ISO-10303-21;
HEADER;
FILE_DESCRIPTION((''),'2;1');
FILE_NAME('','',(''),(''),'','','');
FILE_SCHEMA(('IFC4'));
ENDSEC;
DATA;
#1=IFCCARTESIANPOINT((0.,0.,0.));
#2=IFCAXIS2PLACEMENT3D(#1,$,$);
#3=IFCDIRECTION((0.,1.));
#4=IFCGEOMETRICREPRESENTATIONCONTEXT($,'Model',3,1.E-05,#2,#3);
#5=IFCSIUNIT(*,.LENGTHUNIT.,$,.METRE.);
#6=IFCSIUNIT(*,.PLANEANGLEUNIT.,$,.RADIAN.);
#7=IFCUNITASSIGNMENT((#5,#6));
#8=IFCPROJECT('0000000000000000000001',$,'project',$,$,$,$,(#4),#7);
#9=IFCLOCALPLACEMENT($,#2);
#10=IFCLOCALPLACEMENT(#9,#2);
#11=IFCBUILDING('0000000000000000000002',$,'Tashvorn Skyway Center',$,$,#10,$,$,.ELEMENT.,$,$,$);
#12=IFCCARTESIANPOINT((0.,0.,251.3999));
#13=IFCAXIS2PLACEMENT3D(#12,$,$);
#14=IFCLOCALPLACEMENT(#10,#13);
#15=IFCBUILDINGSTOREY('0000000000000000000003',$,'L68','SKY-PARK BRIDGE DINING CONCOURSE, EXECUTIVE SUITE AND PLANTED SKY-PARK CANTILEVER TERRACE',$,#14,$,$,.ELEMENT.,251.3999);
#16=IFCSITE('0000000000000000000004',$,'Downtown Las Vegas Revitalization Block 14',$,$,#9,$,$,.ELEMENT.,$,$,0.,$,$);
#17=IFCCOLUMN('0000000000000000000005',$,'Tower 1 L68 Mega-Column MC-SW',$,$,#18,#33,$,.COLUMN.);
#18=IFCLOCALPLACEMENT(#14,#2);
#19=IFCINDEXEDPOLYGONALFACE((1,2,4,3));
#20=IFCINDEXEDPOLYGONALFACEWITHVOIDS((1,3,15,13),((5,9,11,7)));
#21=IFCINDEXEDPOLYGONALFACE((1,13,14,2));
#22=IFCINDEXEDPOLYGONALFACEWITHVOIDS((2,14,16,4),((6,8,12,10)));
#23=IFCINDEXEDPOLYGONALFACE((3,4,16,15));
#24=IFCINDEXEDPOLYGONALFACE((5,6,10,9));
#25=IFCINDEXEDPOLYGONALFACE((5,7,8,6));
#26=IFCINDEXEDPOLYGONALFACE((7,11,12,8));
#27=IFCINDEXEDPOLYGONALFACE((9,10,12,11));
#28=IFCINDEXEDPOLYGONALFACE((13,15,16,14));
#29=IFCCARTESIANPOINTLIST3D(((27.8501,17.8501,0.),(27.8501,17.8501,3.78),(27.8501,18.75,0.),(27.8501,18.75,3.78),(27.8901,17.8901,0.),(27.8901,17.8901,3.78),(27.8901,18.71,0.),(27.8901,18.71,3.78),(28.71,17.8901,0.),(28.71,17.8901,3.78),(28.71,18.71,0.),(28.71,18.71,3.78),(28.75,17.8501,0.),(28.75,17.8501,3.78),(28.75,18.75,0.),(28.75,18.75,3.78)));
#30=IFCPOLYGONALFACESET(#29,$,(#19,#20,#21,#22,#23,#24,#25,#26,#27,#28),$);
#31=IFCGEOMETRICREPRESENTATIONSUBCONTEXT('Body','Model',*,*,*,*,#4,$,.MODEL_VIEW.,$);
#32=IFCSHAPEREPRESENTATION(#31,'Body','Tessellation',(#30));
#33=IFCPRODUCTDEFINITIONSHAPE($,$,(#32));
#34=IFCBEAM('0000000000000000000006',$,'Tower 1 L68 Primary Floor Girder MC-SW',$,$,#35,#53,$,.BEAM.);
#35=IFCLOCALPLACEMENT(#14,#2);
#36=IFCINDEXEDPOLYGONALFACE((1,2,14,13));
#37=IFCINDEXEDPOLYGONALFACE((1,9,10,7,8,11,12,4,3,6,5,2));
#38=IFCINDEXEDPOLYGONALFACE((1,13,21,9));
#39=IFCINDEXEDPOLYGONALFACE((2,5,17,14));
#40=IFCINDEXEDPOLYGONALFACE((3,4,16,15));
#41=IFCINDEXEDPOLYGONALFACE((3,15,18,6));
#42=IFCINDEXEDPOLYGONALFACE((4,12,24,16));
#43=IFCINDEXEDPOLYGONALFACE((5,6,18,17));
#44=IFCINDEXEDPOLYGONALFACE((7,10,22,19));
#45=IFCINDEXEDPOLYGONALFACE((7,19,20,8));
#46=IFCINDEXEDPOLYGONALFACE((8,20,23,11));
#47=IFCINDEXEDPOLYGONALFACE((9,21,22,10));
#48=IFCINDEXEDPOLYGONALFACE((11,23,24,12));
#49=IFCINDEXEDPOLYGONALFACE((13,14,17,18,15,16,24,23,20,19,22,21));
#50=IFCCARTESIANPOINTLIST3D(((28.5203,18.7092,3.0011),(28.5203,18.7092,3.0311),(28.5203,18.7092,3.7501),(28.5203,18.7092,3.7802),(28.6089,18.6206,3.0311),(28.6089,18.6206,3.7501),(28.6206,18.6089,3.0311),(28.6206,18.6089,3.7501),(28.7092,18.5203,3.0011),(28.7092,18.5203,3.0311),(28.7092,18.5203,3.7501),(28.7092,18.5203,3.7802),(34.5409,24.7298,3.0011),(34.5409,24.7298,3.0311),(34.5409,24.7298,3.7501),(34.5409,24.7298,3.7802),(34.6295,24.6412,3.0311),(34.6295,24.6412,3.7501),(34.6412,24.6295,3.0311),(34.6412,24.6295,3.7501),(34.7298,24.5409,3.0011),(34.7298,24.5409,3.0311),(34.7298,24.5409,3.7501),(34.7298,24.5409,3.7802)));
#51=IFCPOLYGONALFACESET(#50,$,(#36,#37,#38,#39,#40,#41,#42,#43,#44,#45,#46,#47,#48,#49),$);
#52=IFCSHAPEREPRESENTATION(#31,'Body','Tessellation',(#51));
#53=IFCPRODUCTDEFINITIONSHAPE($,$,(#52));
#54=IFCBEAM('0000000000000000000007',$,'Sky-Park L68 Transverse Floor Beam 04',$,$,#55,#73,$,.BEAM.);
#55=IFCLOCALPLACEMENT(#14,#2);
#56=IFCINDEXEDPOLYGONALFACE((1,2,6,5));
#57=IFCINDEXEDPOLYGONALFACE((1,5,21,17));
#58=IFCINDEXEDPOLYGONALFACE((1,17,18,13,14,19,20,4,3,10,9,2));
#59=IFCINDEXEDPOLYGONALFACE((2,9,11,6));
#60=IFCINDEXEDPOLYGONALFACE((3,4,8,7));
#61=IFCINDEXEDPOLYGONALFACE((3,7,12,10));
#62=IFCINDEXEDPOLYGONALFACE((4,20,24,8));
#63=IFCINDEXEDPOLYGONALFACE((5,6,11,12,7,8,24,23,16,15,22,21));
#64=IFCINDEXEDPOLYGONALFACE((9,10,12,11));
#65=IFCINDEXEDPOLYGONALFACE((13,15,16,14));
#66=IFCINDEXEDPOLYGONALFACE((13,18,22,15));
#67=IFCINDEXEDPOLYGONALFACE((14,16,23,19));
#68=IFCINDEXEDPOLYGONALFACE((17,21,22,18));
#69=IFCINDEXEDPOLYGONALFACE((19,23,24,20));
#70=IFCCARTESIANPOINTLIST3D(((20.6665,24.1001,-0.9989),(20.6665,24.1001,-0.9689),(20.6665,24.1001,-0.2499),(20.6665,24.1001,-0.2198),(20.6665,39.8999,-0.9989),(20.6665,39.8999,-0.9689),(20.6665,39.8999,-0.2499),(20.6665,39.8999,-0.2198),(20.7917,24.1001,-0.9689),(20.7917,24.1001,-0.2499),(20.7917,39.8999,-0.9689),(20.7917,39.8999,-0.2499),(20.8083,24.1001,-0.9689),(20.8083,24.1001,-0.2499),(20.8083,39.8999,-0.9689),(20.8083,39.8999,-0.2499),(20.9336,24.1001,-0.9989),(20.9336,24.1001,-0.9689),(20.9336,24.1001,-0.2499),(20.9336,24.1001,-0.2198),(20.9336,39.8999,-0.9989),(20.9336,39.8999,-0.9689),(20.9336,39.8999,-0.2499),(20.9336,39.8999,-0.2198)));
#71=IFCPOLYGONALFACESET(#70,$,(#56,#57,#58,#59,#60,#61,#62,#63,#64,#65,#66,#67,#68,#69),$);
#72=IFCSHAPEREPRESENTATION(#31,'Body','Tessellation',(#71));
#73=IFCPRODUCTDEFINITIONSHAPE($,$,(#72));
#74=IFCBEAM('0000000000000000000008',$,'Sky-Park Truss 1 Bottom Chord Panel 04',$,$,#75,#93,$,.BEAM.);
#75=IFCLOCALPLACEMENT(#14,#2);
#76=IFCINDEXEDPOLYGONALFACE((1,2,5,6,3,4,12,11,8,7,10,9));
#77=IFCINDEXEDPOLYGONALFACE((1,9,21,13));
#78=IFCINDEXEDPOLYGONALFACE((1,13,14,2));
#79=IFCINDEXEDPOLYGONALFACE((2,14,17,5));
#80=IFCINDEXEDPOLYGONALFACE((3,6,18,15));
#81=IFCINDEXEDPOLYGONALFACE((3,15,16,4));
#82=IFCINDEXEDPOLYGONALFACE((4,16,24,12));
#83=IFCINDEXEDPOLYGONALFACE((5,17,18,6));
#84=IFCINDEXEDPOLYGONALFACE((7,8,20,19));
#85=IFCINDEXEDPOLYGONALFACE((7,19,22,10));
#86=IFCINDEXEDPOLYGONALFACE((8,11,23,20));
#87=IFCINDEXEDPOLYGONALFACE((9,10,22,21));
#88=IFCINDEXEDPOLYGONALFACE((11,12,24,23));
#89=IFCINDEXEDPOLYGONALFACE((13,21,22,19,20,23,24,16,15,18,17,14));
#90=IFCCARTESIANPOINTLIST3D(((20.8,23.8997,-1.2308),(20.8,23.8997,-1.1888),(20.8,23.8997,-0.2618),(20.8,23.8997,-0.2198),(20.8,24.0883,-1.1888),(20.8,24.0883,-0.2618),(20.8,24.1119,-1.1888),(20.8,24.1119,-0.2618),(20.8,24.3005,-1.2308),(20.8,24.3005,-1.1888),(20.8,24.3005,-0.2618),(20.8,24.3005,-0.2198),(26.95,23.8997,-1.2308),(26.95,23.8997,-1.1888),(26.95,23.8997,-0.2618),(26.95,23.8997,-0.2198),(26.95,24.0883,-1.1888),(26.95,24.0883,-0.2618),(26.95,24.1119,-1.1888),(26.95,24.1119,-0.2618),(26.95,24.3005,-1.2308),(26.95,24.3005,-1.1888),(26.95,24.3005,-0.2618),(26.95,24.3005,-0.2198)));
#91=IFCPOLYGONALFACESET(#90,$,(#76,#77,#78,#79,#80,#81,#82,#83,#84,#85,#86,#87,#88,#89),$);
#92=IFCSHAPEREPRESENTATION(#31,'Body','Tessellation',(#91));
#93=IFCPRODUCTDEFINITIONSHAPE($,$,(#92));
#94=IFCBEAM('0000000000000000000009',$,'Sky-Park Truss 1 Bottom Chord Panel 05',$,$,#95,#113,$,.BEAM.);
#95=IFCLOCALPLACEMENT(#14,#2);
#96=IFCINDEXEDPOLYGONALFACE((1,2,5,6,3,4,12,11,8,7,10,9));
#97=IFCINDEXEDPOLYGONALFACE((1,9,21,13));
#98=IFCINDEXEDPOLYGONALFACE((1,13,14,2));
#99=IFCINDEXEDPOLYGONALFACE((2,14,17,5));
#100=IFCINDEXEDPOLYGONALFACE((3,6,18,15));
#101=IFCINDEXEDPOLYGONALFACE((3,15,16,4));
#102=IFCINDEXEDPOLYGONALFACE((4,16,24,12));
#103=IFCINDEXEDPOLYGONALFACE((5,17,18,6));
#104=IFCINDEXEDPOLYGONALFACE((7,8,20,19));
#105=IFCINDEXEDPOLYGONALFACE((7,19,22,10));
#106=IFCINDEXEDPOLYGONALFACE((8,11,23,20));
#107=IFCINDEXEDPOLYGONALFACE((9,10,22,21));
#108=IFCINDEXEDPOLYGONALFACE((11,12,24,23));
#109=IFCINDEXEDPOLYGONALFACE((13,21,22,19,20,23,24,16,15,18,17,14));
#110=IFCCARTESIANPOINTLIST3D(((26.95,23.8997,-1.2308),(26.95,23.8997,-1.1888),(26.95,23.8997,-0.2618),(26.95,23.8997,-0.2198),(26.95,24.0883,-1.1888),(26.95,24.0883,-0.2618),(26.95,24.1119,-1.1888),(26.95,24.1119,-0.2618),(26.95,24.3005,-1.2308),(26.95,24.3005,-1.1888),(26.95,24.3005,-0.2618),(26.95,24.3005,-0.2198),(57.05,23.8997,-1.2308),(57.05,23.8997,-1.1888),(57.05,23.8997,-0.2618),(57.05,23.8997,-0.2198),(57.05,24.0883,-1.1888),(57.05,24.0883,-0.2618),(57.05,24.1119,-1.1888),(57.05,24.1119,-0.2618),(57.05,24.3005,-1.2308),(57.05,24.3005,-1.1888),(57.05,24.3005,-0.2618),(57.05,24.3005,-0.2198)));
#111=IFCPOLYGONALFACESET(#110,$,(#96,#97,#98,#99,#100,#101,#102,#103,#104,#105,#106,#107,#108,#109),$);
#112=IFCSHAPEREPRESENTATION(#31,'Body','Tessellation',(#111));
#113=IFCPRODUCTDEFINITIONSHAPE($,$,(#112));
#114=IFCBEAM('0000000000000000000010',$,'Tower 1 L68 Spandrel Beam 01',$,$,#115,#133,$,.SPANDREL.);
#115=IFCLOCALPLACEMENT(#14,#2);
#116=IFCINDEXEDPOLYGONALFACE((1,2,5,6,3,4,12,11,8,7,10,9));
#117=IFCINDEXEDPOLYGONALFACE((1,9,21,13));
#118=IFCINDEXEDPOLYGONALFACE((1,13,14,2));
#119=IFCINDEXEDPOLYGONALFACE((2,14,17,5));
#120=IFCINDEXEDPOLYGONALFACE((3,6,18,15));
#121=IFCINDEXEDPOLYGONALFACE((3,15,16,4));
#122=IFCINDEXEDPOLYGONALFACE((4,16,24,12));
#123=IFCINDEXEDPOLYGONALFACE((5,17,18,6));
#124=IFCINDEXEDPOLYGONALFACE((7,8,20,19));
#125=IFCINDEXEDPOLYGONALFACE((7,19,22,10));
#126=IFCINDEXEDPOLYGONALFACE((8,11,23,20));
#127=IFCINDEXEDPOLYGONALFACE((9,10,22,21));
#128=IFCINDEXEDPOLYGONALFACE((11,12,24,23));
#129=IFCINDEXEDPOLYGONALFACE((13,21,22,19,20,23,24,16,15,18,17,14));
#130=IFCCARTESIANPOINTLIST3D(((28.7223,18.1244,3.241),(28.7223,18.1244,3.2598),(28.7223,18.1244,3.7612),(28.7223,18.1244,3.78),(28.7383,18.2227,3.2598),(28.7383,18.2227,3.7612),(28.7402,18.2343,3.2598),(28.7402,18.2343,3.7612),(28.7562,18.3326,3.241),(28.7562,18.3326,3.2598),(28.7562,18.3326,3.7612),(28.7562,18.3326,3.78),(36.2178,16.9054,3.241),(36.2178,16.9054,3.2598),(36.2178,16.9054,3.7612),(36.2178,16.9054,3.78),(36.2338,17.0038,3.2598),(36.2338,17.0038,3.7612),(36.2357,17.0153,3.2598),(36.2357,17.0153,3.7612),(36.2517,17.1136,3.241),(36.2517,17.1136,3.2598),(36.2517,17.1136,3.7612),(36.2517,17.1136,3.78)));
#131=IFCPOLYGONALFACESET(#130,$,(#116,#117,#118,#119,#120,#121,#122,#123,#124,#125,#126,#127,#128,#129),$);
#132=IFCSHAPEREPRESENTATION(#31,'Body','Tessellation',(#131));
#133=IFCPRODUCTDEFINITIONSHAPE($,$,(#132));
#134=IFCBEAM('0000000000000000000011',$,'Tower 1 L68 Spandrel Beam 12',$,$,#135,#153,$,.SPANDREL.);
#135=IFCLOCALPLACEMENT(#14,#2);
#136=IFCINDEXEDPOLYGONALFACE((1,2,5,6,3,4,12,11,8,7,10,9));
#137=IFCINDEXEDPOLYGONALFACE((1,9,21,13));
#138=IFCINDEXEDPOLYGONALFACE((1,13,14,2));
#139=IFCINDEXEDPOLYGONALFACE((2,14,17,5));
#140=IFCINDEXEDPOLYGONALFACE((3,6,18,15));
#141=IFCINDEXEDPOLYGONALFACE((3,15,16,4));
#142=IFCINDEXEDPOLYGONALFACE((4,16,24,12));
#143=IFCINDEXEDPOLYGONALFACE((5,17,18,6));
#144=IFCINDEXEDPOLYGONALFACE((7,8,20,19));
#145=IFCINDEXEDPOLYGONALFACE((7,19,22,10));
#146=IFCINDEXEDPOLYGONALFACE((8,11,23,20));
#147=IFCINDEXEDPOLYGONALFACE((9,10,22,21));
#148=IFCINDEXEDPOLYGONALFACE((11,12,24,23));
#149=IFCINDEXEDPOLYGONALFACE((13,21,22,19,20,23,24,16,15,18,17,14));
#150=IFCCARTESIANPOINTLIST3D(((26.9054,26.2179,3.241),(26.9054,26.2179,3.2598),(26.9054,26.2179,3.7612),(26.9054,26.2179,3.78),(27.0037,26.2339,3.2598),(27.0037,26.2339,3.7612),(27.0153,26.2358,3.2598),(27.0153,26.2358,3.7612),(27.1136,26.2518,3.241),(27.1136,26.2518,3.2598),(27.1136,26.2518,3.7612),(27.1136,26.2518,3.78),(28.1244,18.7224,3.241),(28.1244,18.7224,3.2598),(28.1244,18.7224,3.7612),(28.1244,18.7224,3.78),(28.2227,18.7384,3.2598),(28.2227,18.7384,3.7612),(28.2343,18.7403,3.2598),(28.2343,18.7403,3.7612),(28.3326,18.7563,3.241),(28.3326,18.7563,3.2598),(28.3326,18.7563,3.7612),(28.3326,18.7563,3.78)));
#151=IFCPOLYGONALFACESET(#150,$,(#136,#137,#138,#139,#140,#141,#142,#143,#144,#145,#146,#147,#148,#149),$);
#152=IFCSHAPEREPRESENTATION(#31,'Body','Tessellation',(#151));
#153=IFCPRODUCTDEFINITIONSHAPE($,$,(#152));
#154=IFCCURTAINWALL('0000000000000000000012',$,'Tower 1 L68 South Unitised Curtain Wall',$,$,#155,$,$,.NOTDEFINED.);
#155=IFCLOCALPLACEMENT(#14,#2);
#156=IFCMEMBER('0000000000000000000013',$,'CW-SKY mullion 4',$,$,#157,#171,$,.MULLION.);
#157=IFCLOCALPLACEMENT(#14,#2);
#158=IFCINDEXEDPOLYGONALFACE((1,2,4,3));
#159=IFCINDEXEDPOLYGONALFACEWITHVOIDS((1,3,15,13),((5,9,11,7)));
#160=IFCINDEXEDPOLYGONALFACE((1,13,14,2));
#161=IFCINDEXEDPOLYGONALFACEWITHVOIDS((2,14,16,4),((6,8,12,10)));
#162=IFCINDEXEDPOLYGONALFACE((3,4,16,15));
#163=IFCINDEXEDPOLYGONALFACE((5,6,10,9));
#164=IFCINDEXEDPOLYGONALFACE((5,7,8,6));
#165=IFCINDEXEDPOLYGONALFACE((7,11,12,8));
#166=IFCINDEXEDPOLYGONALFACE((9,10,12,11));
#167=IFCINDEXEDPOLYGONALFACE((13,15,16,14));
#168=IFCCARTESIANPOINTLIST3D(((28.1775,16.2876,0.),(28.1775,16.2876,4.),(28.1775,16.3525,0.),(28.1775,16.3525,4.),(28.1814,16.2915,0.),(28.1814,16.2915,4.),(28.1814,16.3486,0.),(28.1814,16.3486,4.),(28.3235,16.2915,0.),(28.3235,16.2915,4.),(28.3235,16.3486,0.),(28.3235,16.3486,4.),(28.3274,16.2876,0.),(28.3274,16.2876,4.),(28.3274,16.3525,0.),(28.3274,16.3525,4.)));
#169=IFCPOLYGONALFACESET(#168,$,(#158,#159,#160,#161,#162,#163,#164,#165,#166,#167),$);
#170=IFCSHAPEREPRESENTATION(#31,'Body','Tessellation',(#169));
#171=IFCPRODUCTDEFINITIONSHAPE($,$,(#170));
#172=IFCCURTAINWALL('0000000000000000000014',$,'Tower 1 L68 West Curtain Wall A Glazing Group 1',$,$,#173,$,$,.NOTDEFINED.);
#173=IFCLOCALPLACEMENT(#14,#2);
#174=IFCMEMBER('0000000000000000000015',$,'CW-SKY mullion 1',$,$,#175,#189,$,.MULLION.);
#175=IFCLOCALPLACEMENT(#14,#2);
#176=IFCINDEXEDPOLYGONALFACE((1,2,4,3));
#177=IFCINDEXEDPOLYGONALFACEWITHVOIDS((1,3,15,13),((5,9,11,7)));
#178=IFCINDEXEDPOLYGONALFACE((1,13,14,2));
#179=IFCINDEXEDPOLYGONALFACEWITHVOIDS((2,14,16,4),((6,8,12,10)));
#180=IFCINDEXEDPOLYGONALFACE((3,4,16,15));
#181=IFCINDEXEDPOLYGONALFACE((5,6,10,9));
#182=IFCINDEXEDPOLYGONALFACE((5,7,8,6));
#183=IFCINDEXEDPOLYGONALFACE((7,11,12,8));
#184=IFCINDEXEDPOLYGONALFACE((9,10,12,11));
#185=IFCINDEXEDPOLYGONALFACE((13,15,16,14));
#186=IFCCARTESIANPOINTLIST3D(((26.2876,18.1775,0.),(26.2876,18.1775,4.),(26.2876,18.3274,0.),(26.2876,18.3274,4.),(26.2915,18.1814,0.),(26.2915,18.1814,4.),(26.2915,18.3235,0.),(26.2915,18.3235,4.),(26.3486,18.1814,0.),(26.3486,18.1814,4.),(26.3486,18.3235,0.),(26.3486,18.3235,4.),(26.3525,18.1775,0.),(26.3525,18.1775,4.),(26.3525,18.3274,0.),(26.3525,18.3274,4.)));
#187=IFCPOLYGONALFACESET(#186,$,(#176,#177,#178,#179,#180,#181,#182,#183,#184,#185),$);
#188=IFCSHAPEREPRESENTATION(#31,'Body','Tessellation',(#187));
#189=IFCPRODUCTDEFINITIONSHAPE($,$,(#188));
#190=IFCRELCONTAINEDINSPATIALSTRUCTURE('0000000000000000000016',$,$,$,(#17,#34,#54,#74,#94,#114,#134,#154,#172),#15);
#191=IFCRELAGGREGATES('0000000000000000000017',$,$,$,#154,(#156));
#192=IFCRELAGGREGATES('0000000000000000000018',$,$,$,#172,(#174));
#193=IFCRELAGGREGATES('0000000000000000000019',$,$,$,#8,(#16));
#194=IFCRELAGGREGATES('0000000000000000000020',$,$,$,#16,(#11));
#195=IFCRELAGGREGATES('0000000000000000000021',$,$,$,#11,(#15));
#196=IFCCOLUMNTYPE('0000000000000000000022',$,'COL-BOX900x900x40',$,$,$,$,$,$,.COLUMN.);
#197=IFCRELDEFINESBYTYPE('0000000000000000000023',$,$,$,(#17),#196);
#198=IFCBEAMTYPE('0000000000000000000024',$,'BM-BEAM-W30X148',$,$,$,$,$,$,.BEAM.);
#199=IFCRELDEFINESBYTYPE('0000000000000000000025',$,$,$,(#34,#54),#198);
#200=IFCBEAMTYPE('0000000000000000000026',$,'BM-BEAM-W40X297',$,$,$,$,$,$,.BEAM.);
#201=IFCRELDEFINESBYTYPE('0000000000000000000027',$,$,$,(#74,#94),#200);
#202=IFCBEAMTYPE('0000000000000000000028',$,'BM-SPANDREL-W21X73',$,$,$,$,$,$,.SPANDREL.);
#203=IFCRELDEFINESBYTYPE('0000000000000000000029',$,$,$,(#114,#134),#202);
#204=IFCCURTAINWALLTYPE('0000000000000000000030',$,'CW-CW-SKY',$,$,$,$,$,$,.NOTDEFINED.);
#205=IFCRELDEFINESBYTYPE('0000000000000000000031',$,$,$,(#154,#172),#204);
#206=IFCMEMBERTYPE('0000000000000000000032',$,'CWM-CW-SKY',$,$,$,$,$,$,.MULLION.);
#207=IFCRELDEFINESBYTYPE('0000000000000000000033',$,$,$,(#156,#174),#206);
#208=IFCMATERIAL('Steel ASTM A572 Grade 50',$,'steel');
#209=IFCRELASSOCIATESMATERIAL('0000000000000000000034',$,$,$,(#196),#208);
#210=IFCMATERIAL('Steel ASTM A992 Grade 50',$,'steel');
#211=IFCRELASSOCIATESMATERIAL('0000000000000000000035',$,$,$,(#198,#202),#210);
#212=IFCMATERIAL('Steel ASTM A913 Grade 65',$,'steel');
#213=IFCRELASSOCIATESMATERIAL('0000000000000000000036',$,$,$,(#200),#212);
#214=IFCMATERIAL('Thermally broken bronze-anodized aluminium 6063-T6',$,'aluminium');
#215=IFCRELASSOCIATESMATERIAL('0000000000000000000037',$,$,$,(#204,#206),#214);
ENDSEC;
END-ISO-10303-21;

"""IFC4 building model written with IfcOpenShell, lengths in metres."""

from ifc_helpers import new_model, si_unit, direction, frame, origin, origin_2d, place, context, subcontext, project, spatial, hollow_rectangle, i_section, extrude, material, material_profile, profile_set, type_object, element, aggregate, save


model = new_model("IFC4")

# Units and contexts
model_context = context("Model", 3, precision=1e-05, world=origin(), true_north=direction((0.0, 1.0)))
body_context = subcontext(model_context, "Body", "Model", "MODEL_VIEW")
ifc_project = project(units=[si_unit("LENGTHUNIT", "METRE"), si_unit("PLANEANGLEUNIT", "RADIAN")], contexts=[model_context])

# Site, building, storey
site_placement = place(None, origin())
site = spatial("IfcSite", under=ifc_project, at=site_placement, Name="Downtown Las Vegas Revitalization Block 14", CompositionType="ELEMENT", RefElevation=0.0)
building_placement = place(site_placement, origin())
building = spatial("IfcBuilding", under=site, at=building_placement, Name="Tashvorn Skyway Center", CompositionType="ELEMENT")
storey_placement = place(building_placement, frame((0.0, 0.0, 251.3999)))
storey = spatial("IfcBuildingStorey", under=building, at=storey_placement, Name="L68", Description="SKY-PARK BRIDGE DINING CONCOURSE, EXECUTIVE SUITE AND PLANTED SKY-PARK CANTILEVER TERRACE", CompositionType="ELEMENT", Elevation=251.3999)

# Column
ifc_material_1 = material(Name="Steel ASTM A572 Grade 50", Category="steel")
ifc_material_profile_1 = material_profile(ifc_material_1, hollow_rectangle(XDim=0.8999, YDim=0.8999, WallThickness=0.04, at=origin_2d()), Name="BOX900x900x40")
ifc_profile_set_1 = profile_set([ifc_material_profile_1], Name="Steel ASTM A572 Grade 50")
column_type = type_object("IfcColumnType", Name="COL-BOX900x900x40", PredefinedType="COLUMN", material=ifc_profile_set_1)
column_placement = place(storey_placement, frame((28.3, 18.3, 0.0), z_axis=(0.0, 0.0, 1.0), x_axis=(1.0, 0.0, 0.0)))
element("IfcColumn", 1, at=column_placement, inside=storey, type_object=column_type, Name="Tower 1 L68 Mega-Column MC-SW", PredefinedType="COLUMN", context=body_context, shape_type="SweptSolid", body=[
    extrude(hollow_rectangle(XDim=0.8999, YDim=0.8999, WallThickness=0.04, at=origin_2d()), origin(), (0.0, 0.0, 1.0), 3.78),
])

# Beams
ifc_material_2 = material(Name="Steel ASTM A992 Grade 50", Category="steel")
ifc_material_profile_2 = material_profile(ifc_material_2, i_section(OverallWidth=0.2671, OverallDepth=0.7791, WebThickness=0.0166, FlangeThickness=0.03, at=origin_2d()), Name="W30X148")
ifc_profile_set_2 = profile_set([ifc_material_profile_2], Name="Steel ASTM A992 Grade 50")
beam_type_1 = type_object("IfcBeamType", Name="BM-BEAM-W30X148", PredefinedType="BEAM", material=ifc_profile_set_2)
beam_1_placement = place(storey_placement, frame((28.6147, 18.6147, 3.3906), z_axis=(0.707107, 0.707107, 0.0), x_axis=(-0.707107, 0.707107, 0.0)))
element("IfcBeam", 2, at=beam_1_placement, inside=storey, type_object=beam_type_1, Name="Tower 1 L68 Primary Floor Girder MC-SW", PredefinedType="BEAM", context=body_context, shape_type="SweptSolid", body=[
    extrude(i_section(OverallWidth=0.2671, OverallDepth=0.7791, WebThickness=0.0166, FlangeThickness=0.03, at=origin_2d()), origin(), (0.0, 0.0, 1.0), 8.5144),
])
beam_2_placement = place(storey_placement, frame((20.8, 24.1001, -0.6094), z_axis=(0.0, 1.0, 0.0), x_axis=(-1.0, 0.0, 0.0)))
element("IfcBeam", 3, at=beam_2_placement, inside=storey, type_object=beam_type_1, Name="Sky-Park L68 Transverse Floor Beam 04", PredefinedType="BEAM", context=body_context, shape_type="SweptSolid", body=[
    extrude(i_section(OverallWidth=0.2671, OverallDepth=0.7791, WebThickness=0.0166, FlangeThickness=0.03, at=origin_2d()), origin(), (0.0, 0.0, 1.0), 15.7998),
])
ifc_material_3 = material(Name="Steel ASTM A913 Grade 65", Category="steel")
ifc_material_profile_3 = material_profile(ifc_material_3, i_section(OverallWidth=0.4009, OverallDepth=1.011, WebThickness=0.0237, FlangeThickness=0.042, at=origin_2d()), Name="W40X297")
ifc_profile_set_3 = profile_set([ifc_material_profile_3], Name="Steel ASTM A913 Grade 65")
beam_type_2 = type_object("IfcBeamType", Name="BM-BEAM-W40X297", PredefinedType="BEAM", material=ifc_profile_set_3)
beam_3_placement = place(storey_placement, frame((20.8, 24.1001, -0.7253), z_axis=(1.0, 0.0, 0.0), x_axis=(0.0, 1.0, 0.0)))
element("IfcBeam", 4, at=beam_3_placement, inside=storey, type_object=beam_type_2, Name="Sky-Park Truss 1 Bottom Chord Panel 04", PredefinedType="BEAM", context=body_context, shape_type="SweptSolid", body=[
    extrude(i_section(OverallWidth=0.4009, OverallDepth=1.011, WebThickness=0.0237, FlangeThickness=0.042, at=origin_2d()), origin(), (0.0, 0.0, 1.0), 6.1499),
])
beam_4_placement = place(storey_placement, frame((26.95, 24.1001, -0.7253), z_axis=(1.0, 0.0, 0.0), x_axis=(0.0, 1.0, 0.0)))
element("IfcBeam", 5, at=beam_4_placement, inside=storey, type_object=beam_type_2, Name="Sky-Park Truss 1 Bottom Chord Panel 05", PredefinedType="BEAM", context=body_context, shape_type="SweptSolid", body=[
    extrude(i_section(OverallWidth=0.4009, OverallDepth=1.011, WebThickness=0.0237, FlangeThickness=0.042, at=origin_2d()), origin(), (0.0, 0.0, 1.0), 30.1001),
])
ifc_material_profile_4 = material_profile(ifc_material_2, i_section(OverallWidth=0.2109, OverallDepth=0.5391, WebThickness=0.0117, FlangeThickness=0.0188, at=origin_2d()), Name="W21X73")
ifc_profile_set_4 = profile_set([ifc_material_profile_4], Name="Steel ASTM A992 Grade 50")
beam_type_3 = type_object("IfcBeamType", Name="BM-SPANDREL-W21X73", PredefinedType="SPANDREL", material=ifc_profile_set_4)
for number, where, z_axis, x_axis, name in (
    (6, (28.7393, 18.2285, 3.5105), (0.987033, -0.160519, 0.0), (0.160519, 0.987033, 0.0), "Tower 1 L68 Spandrel Beam 01"),
    (7, (27.0095, 26.2349, 3.5105), (0.160519, -0.987033, 0.0), (0.987033, 0.160519, 0.0), "Tower 1 L68 Spandrel Beam 12"),
):
    element("IfcBeam", number, at=place(storey_placement, frame(where, z_axis=z_axis, x_axis=x_axis)), inside=storey, type_object=beam_type_3, Name=name, PredefinedType="SPANDREL", context=body_context, shape_type="SweptSolid", body=[
        extrude(i_section(OverallWidth=0.2109, OverallDepth=0.5391, WebThickness=0.0117, FlangeThickness=0.0188, at=origin_2d()), origin(), (0.0, 0.0, 1.0), 7.594),
    ])

# Curtain wall, member
ifc_material_4 = material(Name="Thermally broken bronze-anodized aluminium 6063-T6", Category="aluminium")
curtain_wall_type = type_object("IfcCurtainWallType", Name="CW-CW-SKY", PredefinedType="NOTDEFINED", material=ifc_material_4)
curtain_wall_1_placement = place(storey_placement, origin())
curtain_wall_1 = element("IfcCurtainWall", 8, at=curtain_wall_1_placement, inside=storey, type_object=curtain_wall_type, Name="Tower 1 L68 South Unitised Curtain Wall", PredefinedType="NOTDEFINED")
ifc_material_profile_5 = material_profile(ifc_material_4, hollow_rectangle(XDim=0.0649, YDim=0.1499, WallThickness=0.0039, at=origin_2d()), Name="ALU-MULL-65x150")
ifc_profile_set_5 = profile_set([ifc_material_profile_5], Name="Thermally broken bronze-anodized aluminium 6063-T6")
member_type_1 = type_object("IfcMemberType", Name="CWM-CW-SKY", PredefinedType="MULLION", material=ifc_profile_set_5)
member_1_placement = place(storey_placement, frame((28.2524, 16.3201, 0.0), z_axis=(0.0, 0.0, 1.0), x_axis=(0.0, -1.0, 0.0)))
member_1 = element("IfcMember", 9, at=member_1_placement, type_object=member_type_1, Name="CW-SKY mullion 4", PredefinedType="MULLION", context=body_context, shape_type="SweptSolid", body=[
    extrude(hollow_rectangle(XDim=0.0649, YDim=0.1499, WallThickness=0.0039, at=origin_2d()), origin(), (0.0, 0.0, 1.0), 4.0),
])

# Curtain wall, member
curtain_wall_2_placement = place(storey_placement, origin())
curtain_wall_2 = element("IfcCurtainWall", 10, at=curtain_wall_2_placement, inside=storey, type_object=curtain_wall_type, Name="Tower 1 L68 West Curtain Wall A Glazing Group 1", PredefinedType="NOTDEFINED")
member_2_placement = place(storey_placement, frame((26.3201, 18.2524, 0.0), z_axis=(0.0, 0.0, 1.0), x_axis=(-1.0, 0.0, 0.0)))
member_2 = element("IfcMember", 11, at=member_2_placement, type_object=member_type_1, Name="CW-SKY mullion 1", PredefinedType="MULLION", context=body_context, shape_type="SweptSolid", body=[
    extrude(hollow_rectangle(XDim=0.0649, YDim=0.1499, WallThickness=0.0039, at=origin_2d()), origin(), (0.0, 0.0, 1.0), 4.0),
])

aggregate(curtain_wall_1, [member_1])
aggregate(curtain_wall_2, [member_2])

save(model, "model.ifc")
